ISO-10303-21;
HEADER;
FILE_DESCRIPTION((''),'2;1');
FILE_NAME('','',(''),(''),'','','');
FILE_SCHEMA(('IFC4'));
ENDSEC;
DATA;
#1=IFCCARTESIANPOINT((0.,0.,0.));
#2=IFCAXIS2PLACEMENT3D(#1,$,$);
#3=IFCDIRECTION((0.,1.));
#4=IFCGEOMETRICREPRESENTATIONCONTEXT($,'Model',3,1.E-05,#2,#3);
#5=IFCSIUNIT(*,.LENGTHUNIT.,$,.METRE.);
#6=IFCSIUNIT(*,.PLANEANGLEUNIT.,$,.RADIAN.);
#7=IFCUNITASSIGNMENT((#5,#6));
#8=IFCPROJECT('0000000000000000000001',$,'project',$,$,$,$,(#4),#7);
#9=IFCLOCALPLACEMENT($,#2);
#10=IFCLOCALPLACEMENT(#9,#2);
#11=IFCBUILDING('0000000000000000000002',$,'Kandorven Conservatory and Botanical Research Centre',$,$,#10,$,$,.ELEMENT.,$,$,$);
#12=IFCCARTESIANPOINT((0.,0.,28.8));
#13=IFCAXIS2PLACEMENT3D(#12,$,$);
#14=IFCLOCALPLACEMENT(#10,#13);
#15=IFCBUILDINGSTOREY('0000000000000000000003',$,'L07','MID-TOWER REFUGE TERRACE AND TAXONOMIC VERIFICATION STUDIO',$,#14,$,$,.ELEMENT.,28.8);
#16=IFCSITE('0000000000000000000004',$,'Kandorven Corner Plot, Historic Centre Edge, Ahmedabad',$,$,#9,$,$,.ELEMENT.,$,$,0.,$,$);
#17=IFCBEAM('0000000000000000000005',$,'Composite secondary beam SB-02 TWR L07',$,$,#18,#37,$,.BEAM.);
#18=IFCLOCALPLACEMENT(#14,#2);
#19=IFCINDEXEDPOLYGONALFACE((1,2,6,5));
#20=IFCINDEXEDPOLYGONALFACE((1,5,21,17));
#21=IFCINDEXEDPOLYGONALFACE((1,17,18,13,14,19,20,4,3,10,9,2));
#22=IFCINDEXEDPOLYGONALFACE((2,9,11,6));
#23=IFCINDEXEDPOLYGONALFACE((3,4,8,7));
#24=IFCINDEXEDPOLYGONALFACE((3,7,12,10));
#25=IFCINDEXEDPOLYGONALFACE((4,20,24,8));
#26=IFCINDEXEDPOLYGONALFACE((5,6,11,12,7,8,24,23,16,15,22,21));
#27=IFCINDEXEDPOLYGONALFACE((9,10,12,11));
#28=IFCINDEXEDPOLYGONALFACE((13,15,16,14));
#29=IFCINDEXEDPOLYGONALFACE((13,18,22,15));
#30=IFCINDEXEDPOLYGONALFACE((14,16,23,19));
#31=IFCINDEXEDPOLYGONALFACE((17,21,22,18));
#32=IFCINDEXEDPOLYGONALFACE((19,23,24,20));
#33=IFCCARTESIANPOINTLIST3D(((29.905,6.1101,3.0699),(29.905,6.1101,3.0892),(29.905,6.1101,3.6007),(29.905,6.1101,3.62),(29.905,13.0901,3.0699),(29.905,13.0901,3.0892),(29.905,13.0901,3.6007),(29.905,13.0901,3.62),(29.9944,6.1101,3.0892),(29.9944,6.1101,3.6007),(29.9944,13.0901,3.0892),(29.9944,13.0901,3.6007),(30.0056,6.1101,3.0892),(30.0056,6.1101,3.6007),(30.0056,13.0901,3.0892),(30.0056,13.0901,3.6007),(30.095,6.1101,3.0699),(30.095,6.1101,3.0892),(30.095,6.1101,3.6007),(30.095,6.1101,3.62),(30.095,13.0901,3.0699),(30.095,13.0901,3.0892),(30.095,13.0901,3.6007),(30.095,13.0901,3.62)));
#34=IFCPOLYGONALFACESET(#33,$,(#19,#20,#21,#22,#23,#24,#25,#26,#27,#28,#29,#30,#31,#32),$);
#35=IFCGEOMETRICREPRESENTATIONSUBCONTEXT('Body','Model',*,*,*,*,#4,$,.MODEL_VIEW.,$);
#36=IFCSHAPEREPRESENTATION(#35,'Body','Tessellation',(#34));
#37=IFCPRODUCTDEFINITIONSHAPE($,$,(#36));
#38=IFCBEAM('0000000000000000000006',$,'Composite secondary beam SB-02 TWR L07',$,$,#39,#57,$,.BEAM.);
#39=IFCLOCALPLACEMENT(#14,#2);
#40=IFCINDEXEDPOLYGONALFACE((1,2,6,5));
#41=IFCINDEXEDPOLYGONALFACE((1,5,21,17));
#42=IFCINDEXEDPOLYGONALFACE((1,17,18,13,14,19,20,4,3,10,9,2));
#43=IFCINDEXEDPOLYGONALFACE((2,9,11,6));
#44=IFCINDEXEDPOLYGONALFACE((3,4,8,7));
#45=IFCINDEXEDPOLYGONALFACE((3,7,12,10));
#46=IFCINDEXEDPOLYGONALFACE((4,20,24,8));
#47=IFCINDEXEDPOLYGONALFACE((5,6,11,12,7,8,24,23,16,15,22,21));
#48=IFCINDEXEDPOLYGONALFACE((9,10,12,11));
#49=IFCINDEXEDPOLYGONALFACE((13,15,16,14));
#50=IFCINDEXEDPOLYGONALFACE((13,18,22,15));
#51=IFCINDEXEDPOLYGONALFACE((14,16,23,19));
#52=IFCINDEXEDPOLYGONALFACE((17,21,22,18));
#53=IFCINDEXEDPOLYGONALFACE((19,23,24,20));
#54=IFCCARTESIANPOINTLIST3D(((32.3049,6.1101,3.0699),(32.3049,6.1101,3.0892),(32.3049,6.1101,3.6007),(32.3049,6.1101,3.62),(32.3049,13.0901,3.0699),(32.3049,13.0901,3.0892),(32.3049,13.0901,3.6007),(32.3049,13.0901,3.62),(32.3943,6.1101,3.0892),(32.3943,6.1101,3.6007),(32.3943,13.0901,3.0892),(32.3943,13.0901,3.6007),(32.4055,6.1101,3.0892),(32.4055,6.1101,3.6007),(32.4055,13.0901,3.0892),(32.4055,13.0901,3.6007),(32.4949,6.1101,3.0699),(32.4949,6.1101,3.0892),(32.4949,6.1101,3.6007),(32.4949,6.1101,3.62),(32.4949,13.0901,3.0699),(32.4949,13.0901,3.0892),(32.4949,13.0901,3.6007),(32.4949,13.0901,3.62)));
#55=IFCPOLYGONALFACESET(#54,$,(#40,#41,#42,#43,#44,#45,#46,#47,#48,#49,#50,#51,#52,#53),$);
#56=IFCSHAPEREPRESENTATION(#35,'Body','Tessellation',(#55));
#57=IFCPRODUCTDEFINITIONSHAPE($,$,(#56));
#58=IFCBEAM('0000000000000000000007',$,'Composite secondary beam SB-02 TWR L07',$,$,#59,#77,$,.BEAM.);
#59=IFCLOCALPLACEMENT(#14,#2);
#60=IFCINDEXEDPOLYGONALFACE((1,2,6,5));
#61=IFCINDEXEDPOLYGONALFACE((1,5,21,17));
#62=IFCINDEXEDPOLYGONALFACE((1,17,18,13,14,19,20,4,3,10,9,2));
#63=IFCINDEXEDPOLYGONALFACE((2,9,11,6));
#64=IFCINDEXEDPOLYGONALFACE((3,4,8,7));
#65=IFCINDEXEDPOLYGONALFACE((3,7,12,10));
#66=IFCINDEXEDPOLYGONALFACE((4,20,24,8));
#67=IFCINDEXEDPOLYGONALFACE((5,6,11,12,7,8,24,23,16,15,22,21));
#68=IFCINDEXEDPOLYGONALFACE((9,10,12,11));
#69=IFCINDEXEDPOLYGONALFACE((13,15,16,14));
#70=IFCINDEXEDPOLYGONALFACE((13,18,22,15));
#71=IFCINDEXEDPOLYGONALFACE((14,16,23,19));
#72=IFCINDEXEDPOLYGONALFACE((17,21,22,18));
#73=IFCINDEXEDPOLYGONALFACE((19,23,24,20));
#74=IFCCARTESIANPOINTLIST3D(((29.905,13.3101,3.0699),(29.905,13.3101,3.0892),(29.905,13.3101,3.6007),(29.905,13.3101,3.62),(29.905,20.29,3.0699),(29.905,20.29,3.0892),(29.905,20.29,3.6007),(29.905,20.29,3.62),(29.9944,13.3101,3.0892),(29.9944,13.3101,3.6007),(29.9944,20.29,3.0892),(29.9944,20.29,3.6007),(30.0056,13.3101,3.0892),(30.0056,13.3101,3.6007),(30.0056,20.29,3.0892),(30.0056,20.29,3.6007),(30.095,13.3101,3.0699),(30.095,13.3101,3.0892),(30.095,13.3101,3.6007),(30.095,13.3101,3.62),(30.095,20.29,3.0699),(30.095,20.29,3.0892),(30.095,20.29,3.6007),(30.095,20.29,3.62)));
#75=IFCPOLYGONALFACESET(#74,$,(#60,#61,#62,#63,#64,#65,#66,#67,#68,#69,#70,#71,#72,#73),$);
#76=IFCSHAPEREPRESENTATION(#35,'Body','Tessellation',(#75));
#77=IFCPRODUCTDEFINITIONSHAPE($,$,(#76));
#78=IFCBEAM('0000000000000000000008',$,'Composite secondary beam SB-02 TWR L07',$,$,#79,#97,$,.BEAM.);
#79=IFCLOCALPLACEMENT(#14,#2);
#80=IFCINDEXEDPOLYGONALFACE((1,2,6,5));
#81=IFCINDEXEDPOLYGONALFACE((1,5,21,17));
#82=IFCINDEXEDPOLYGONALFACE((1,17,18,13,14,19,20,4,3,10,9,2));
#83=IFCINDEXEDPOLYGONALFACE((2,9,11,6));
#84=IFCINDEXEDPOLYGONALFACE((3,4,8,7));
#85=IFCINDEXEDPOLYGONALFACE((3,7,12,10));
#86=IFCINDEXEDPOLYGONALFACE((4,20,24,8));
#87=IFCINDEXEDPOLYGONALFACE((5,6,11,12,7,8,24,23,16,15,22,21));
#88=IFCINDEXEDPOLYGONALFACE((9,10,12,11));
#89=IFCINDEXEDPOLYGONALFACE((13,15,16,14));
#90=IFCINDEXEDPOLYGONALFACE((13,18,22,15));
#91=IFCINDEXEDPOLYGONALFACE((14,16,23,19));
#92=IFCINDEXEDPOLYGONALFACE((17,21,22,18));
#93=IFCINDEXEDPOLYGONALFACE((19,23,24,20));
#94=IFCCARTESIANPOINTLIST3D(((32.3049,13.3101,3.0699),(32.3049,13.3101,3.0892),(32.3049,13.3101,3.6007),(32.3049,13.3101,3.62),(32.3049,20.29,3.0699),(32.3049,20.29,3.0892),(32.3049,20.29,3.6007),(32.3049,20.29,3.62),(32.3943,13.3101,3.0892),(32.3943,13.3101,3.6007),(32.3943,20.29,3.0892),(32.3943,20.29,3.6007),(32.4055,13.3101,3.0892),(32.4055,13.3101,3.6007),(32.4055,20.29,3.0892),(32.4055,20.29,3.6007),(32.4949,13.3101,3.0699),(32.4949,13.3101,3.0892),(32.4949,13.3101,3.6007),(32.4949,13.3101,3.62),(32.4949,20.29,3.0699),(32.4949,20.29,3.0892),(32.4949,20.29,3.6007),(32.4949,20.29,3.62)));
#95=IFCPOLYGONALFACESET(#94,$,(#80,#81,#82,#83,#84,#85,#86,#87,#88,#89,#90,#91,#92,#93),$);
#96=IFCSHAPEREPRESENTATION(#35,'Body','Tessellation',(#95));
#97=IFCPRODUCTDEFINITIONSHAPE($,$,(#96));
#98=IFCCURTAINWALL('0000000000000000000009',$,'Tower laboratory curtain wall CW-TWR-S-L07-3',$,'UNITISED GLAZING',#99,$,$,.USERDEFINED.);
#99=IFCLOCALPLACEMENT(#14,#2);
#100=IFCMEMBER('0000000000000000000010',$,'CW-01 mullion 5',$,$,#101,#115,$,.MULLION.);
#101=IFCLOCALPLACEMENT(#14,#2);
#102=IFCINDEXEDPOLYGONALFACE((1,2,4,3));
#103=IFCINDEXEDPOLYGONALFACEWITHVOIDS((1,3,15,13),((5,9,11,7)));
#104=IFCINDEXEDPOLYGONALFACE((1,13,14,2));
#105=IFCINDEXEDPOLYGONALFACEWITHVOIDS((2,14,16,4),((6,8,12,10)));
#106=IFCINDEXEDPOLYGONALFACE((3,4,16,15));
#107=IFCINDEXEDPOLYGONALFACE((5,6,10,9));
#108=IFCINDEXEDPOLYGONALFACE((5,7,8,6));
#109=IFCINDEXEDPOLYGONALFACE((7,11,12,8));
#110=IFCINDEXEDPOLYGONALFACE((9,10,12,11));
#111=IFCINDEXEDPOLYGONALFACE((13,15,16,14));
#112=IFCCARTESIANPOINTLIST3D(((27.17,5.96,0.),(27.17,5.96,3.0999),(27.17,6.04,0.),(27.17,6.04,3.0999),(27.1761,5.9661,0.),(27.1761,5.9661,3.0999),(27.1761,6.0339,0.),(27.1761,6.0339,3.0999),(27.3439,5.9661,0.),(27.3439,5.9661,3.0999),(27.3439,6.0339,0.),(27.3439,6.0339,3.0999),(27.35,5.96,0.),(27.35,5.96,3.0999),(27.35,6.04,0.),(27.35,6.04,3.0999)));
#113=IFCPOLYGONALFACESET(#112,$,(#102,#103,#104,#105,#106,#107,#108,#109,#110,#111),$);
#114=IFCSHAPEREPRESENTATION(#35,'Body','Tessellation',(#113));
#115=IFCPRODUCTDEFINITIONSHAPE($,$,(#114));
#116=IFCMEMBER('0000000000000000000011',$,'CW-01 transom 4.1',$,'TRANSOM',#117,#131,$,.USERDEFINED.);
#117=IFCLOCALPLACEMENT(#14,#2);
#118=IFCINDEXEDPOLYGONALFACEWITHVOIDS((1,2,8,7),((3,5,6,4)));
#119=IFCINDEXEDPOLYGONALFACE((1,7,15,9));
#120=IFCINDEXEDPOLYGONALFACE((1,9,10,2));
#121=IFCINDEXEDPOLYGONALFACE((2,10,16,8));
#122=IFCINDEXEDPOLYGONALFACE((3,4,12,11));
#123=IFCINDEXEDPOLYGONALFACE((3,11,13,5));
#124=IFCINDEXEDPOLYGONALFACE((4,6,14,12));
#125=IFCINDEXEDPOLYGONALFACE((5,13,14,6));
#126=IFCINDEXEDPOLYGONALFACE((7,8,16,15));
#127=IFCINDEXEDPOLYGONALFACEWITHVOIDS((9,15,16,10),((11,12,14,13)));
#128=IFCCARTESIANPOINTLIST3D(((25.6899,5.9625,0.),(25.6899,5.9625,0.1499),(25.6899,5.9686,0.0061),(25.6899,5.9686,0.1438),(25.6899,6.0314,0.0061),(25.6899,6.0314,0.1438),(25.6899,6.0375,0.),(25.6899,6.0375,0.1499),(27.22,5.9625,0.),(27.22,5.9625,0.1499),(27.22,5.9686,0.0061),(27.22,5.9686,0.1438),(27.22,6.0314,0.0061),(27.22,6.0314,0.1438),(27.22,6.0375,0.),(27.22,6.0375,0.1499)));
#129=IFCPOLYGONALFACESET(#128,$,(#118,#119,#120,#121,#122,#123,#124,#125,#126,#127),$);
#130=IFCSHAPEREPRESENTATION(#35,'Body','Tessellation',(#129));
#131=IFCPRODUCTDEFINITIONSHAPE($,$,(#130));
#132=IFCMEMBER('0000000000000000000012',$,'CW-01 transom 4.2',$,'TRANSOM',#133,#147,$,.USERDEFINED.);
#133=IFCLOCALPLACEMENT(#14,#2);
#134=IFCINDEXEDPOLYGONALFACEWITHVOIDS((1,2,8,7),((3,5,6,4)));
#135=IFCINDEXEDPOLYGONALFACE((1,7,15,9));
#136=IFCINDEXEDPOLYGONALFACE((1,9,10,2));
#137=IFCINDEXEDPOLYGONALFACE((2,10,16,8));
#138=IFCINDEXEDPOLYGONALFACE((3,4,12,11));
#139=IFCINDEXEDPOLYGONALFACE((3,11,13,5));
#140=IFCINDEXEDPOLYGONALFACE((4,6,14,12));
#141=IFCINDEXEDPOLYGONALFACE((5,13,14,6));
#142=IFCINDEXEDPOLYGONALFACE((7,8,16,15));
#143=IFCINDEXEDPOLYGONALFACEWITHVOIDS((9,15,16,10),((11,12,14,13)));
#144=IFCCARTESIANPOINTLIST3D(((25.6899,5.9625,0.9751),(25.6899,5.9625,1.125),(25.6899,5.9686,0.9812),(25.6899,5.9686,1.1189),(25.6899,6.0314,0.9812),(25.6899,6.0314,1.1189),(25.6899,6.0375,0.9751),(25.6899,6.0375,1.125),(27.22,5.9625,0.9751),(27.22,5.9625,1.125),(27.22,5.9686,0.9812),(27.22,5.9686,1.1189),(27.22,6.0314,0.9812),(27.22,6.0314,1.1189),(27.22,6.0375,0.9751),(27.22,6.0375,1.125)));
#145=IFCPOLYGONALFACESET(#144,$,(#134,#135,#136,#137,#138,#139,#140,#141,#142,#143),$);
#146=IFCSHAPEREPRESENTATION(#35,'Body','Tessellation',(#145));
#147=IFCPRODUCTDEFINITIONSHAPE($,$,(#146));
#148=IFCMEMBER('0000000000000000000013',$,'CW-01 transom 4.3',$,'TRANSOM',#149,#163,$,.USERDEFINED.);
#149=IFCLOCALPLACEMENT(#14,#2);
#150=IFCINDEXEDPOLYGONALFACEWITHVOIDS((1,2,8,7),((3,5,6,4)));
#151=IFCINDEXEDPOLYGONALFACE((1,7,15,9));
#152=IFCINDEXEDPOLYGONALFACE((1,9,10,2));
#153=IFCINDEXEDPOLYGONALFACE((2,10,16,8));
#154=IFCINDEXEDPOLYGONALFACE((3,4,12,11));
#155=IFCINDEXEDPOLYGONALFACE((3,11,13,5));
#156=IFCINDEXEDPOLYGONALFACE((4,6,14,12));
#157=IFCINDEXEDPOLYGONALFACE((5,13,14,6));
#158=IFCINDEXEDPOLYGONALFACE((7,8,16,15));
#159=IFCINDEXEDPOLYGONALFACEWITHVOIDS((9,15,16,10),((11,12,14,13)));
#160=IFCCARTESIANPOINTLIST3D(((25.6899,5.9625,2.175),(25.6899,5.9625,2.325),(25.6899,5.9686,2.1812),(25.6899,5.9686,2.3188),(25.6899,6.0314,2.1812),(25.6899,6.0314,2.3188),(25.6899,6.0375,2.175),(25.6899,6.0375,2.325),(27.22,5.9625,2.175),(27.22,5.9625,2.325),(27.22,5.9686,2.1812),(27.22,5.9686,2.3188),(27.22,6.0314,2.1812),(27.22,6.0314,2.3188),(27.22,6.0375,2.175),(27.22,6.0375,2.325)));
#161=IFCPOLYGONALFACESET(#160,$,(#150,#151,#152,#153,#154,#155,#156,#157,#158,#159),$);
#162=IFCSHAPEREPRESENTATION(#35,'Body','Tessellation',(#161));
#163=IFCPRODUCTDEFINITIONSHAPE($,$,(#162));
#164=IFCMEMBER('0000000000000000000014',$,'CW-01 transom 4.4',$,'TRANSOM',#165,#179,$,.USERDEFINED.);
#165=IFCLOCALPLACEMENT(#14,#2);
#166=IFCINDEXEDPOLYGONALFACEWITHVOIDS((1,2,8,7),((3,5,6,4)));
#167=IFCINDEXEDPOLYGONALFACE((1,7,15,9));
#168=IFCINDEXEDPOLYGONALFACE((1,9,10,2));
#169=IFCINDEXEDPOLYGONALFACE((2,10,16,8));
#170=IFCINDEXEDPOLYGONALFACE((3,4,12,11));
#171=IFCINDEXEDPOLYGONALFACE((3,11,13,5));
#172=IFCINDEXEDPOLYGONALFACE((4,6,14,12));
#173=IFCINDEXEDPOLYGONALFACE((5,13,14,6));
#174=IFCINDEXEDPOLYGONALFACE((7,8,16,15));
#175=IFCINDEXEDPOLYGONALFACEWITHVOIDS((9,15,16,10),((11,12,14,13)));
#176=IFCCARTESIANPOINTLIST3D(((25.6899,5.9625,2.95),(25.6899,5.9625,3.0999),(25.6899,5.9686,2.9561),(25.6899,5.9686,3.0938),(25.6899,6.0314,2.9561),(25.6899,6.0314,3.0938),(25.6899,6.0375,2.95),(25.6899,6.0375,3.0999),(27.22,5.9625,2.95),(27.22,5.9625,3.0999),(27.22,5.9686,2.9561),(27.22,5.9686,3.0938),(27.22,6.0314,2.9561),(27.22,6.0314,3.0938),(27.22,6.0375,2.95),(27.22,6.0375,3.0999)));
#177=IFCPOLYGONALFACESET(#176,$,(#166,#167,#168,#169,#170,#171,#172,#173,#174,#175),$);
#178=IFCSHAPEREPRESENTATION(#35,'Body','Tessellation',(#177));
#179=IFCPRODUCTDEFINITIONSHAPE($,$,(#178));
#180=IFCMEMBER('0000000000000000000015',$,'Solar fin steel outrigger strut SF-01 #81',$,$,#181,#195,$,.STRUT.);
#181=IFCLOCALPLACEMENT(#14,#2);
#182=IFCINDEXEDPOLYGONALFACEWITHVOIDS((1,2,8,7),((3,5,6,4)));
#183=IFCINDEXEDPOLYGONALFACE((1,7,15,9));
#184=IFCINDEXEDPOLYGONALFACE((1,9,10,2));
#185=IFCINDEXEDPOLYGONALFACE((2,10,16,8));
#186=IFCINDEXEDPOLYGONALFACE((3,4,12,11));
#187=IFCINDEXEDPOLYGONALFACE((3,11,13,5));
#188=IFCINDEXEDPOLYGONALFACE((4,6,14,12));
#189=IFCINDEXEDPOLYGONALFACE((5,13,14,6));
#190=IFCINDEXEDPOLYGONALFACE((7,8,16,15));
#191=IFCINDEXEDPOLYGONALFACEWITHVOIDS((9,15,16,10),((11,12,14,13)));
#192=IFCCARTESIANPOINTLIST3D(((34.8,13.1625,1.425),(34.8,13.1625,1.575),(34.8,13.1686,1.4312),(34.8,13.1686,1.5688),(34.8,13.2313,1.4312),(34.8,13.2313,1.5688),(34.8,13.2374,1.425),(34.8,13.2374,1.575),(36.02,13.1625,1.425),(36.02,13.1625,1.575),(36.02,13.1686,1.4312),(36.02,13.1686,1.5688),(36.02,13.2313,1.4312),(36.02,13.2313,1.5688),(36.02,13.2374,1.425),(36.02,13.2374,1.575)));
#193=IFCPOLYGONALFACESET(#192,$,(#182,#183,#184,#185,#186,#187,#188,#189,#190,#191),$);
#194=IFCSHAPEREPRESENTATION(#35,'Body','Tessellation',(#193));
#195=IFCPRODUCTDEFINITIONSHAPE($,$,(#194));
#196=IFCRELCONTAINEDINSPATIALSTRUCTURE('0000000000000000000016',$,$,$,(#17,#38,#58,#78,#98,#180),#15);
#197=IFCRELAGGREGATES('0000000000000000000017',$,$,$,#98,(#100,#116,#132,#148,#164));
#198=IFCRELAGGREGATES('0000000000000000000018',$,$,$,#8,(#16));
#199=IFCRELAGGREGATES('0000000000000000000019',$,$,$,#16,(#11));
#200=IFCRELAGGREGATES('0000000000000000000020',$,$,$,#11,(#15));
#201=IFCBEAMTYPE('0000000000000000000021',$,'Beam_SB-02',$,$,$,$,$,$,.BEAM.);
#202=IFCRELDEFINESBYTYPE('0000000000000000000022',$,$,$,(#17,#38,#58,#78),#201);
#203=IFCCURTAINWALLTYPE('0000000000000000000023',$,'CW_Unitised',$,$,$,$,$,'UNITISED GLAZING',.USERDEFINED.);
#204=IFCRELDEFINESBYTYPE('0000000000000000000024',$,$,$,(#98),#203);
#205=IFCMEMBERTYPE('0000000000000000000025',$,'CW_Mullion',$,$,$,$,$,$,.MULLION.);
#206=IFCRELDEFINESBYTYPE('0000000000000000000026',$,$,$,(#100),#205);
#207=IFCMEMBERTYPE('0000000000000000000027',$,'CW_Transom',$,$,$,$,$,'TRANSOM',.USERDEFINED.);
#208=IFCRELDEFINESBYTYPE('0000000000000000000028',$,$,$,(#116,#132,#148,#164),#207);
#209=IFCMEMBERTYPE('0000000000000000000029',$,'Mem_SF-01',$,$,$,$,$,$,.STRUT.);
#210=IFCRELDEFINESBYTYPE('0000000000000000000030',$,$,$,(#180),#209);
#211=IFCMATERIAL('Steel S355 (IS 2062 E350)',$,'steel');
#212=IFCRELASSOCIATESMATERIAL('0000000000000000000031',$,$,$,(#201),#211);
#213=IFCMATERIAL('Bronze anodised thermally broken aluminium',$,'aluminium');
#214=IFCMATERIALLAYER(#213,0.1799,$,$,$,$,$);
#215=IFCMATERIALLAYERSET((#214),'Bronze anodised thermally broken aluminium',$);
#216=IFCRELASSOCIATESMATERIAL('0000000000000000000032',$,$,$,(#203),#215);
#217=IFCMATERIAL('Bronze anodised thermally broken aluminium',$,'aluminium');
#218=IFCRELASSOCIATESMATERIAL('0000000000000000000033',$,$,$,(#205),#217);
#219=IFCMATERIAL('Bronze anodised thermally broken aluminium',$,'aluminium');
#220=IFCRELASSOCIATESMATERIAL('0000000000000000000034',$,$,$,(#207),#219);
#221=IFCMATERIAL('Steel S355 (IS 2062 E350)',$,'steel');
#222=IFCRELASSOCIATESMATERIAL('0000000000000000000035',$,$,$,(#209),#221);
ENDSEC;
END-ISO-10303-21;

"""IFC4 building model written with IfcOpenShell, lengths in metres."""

from ifc_helpers import new_model, si_unit, direction, frame, origin, origin_2d, place, context, subcontext, project, spatial, hollow_rectangle, i_section, extrude, material, layer, layer_set, material_profile, profile_set, type_object, element, aggregate, save


model = new_model("IFC4")

# Units and contexts
model_context = context("Model", 3, precision=1e-05, world=origin(), true_north=direction((0.0, 1.0)))
body_context = subcontext(model_context, "Body", "Model", "MODEL_VIEW")
ifc_project = project(units=[si_unit("LENGTHUNIT", "METRE"), si_unit("PLANEANGLEUNIT", "RADIAN")], contexts=[model_context])

# Site, building, storey
site_placement = place(None, origin())
site = spatial("IfcSite", under=ifc_project, at=site_placement, Name="Kandorven Corner Plot, Historic Centre Edge, Ahmedabad", CompositionType="ELEMENT", RefElevation=0.0)
building_placement = place(site_placement, origin())
building = spatial("IfcBuilding", under=site, at=building_placement, Name="Kandorven Conservatory and Botanical Research Centre", CompositionType="ELEMENT")
storey_placement = place(building_placement, frame((0.0, 0.0, 28.8)))
storey = spatial("IfcBuildingStorey", under=building, at=storey_placement, Name="L07", Description="MID-TOWER REFUGE TERRACE AND TAXONOMIC VERIFICATION STUDIO", CompositionType="ELEMENT", Elevation=28.8)

# Beams
ifc_material_1 = material(Name="Steel S355 (IS 2062 E350)", Category="steel")
ifc_material_profile_1 = material_profile(ifc_material_1, i_section(OverallWidth=0.1899, OverallDepth=0.55, WebThickness=0.0112, FlangeThickness=0.0193, at=origin_2d()))
ifc_profile_set_1 = profile_set([ifc_material_profile_1], Name="Steel S355 (IS 2062 E350)")
beam_type_1 = type_object("IfcBeamType", Name="Beam_SB-02", PredefinedType="BEAM", material=ifc_profile_set_1)
for number, where, z_axis, x_axis, name in (
    (1, (30.0, 6.1101, 3.345), (0.0, 1.0, 0.0), (-1.0, 0.0, 0.0), "Composite secondary beam SB-02 TWR L07"),
    (2, (32.3999, 6.1101, 3.345), (0.0, 1.0, 0.0), (-1.0, 0.0, 0.0), "Composite secondary beam SB-02 TWR L07"),
    (3, (30.0, 13.3101, 3.345), (0.0, 1.0, 0.0), (-1.0, 0.0, 0.0), "Composite secondary beam SB-02 TWR L07"),
    (4, (32.3999, 13.3101, 3.345), (0.0, 1.0, 0.0), (-1.0, 0.0, 0.0), "Composite secondary beam SB-02 TWR L07"),
):
    element("IfcBeam", number, at=place(storey_placement, frame(where, z_axis=z_axis, x_axis=x_axis)), inside=storey, type_object=beam_type_1, Name=name, PredefinedType="BEAM", context=body_context, shape_type="SweptSolid", body=[
        extrude(i_section(OverallWidth=0.1899, OverallDepth=0.55, WebThickness=0.0112, FlangeThickness=0.0193, at=origin_2d()), origin(), (0.0, 0.0, 1.0), 6.98),
    ])

# Curtain wall, members
ifc_material_2 = material(Name="Bronze anodised thermally broken aluminium", Category="aluminium")
ifc_layer_1 = layer(ifc_material_2, 0.1799)
ifc_layer_set_1 = layer_set([ifc_layer_1], Name="Bronze anodised thermally broken aluminium")
curtain_wall_type = type_object("IfcCurtainWallType", Name="CW_Unitised", ElementType="UNITISED GLAZING", PredefinedType="USERDEFINED", material=ifc_layer_set_1)
curtain_wall_placement = place(storey_placement, origin())
curtain_wall = element("IfcCurtainWall", 5, at=curtain_wall_placement, inside=storey, type_object=curtain_wall_type, Name="Tower laboratory curtain wall CW-TWR-S-L07-3", ObjectType="UNITISED GLAZING", PredefinedType="USERDEFINED")
ifc_material_3 = material(Name="Bronze anodised thermally broken aluminium", Category="aluminium")
ifc_material_profile_2 = material_profile(ifc_material_3, hollow_rectangle(XDim=0.0801, YDim=0.1799, WallThickness=0.0061, at=origin_2d()))
ifc_profile_set_2 = profile_set([ifc_material_profile_2], Name="Bronze anodised thermally broken aluminium")
member_type_1 = type_object("IfcMemberType", Name="CW_Mullion", PredefinedType="MULLION", material=ifc_profile_set_2)
member_1_placement = place(storey_placement, frame((27.26, 6.0, 0.0), z_axis=(0.0, 0.0, 1.0), x_axis=(0.0, 1.0, 0.0)))
member_1 = element("IfcMember", 6, at=member_1_placement, type_object=member_type_1, Name="CW-01 mullion 5", PredefinedType="MULLION", context=body_context, shape_type="SweptSolid", body=[
    extrude(hollow_rectangle(XDim=0.0801, YDim=0.1799, WallThickness=0.0061, at=origin_2d()), origin(), (0.0, 0.0, 1.0), 3.0999),
])
ifc_material_4 = material(Name="Bronze anodised thermally broken aluminium", Category="aluminium")
ifc_material_profile_3 = material_profile(ifc_material_4, hollow_rectangle(XDim=0.075, YDim=0.1499, WallThickness=0.0061, at=origin_2d()))
ifc_profile_set_3 = profile_set([ifc_material_profile_3], Name="Bronze anodised thermally broken aluminium")
member_type_2 = type_object("IfcMemberType", Name="CW_Transom", ElementType="TRANSOM", PredefinedType="USERDEFINED", material=ifc_profile_set_3)
member_2_placement = place(storey_placement, frame((25.6899, 6.0, 0.075), z_axis=(1.0, 0.0, 0.0), x_axis=(0.0, 1.0, 0.0)))
member_2 = element("IfcMember", 7, at=member_2_placement, type_object=member_type_2, Name="CW-01 transom 4.1", ObjectType="TRANSOM", PredefinedType="USERDEFINED", context=body_context, shape_type="SweptSolid", body=[
    extrude(hollow_rectangle(XDim=0.075, YDim=0.1499, WallThickness=0.0061, at=origin_2d()), origin(), (0.0, 0.0, 1.0), 1.53),
])
member_3_placement = place(storey_placement, frame((25.6899, 6.0, 1.05), z_axis=(1.0, 0.0, 0.0), x_axis=(0.0, 1.0, 0.0)))
member_3 = element("IfcMember", 8, at=member_3_placement, type_object=member_type_2, Name="CW-01 transom 4.2", ObjectType="TRANSOM", PredefinedType="USERDEFINED", context=body_context, shape_type="SweptSolid", body=[
    extrude(hollow_rectangle(XDim=0.075, YDim=0.1499, WallThickness=0.0061, at=origin_2d()), origin(), (0.0, 0.0, 1.0), 1.53),
])
member_4_placement = place(storey_placement, frame((25.6899, 6.0, 2.25), z_axis=(1.0, 0.0, 0.0), x_axis=(0.0, 1.0, 0.0)))
member_4 = element("IfcMember", 9, at=member_4_placement, type_object=member_type_2, Name="CW-01 transom 4.3", ObjectType="TRANSOM", PredefinedType="USERDEFINED", context=body_context, shape_type="SweptSolid", body=[
    extrude(hollow_rectangle(XDim=0.075, YDim=0.1499, WallThickness=0.0061, at=origin_2d()), origin(), (0.0, 0.0, 1.0), 1.53),
])
member_5_placement = place(storey_placement, frame((25.6899, 6.0, 3.0249), z_axis=(1.0, 0.0, 0.0), x_axis=(0.0, 1.0, 0.0)))
member_5 = element("IfcMember", 10, at=member_5_placement, type_object=member_type_2, Name="CW-01 transom 4.4", ObjectType="TRANSOM", PredefinedType="USERDEFINED", context=body_context, shape_type="SweptSolid", body=[
    extrude(hollow_rectangle(XDim=0.075, YDim=0.1499, WallThickness=0.0061, at=origin_2d()), origin(), (0.0, 0.0, 1.0), 1.53),
])

# Member
ifc_material_5 = material(Name="Steel S355 (IS 2062 E350)", Category="steel")
ifc_material_profile_4 = material_profile(ifc_material_5, hollow_rectangle(XDim=0.075, YDim=0.1499, WallThickness=0.0061, at=origin_2d()))
ifc_profile_set_4 = profile_set([ifc_material_profile_4], Name="Steel S355 (IS 2062 E350)")
member_type_3 = type_object("IfcMemberType", Name="Mem_SF-01", PredefinedType="STRUT", material=ifc_profile_set_4)
member_6_placement = place(storey_placement, frame((34.8, 13.2, 1.5), z_axis=(1.0, 0.0, 0.0), x_axis=(0.0, 1.0, 0.0)))
element("IfcMember", 11, at=member_6_placement, inside=storey, type_object=member_type_3, Name="Solar fin steel outrigger strut SF-01 #81", PredefinedType="STRUT", context=body_context, shape_type="SweptSolid", body=[
    extrude(hollow_rectangle(XDim=0.075, YDim=0.1499, WallThickness=0.0061, at=origin_2d()), origin(), (0.0, 0.0, 1.0), 1.22),
])

aggregate(curtain_wall, [member_1, member_2, member_3, member_4, member_5])

save(model, "model.ifc")
